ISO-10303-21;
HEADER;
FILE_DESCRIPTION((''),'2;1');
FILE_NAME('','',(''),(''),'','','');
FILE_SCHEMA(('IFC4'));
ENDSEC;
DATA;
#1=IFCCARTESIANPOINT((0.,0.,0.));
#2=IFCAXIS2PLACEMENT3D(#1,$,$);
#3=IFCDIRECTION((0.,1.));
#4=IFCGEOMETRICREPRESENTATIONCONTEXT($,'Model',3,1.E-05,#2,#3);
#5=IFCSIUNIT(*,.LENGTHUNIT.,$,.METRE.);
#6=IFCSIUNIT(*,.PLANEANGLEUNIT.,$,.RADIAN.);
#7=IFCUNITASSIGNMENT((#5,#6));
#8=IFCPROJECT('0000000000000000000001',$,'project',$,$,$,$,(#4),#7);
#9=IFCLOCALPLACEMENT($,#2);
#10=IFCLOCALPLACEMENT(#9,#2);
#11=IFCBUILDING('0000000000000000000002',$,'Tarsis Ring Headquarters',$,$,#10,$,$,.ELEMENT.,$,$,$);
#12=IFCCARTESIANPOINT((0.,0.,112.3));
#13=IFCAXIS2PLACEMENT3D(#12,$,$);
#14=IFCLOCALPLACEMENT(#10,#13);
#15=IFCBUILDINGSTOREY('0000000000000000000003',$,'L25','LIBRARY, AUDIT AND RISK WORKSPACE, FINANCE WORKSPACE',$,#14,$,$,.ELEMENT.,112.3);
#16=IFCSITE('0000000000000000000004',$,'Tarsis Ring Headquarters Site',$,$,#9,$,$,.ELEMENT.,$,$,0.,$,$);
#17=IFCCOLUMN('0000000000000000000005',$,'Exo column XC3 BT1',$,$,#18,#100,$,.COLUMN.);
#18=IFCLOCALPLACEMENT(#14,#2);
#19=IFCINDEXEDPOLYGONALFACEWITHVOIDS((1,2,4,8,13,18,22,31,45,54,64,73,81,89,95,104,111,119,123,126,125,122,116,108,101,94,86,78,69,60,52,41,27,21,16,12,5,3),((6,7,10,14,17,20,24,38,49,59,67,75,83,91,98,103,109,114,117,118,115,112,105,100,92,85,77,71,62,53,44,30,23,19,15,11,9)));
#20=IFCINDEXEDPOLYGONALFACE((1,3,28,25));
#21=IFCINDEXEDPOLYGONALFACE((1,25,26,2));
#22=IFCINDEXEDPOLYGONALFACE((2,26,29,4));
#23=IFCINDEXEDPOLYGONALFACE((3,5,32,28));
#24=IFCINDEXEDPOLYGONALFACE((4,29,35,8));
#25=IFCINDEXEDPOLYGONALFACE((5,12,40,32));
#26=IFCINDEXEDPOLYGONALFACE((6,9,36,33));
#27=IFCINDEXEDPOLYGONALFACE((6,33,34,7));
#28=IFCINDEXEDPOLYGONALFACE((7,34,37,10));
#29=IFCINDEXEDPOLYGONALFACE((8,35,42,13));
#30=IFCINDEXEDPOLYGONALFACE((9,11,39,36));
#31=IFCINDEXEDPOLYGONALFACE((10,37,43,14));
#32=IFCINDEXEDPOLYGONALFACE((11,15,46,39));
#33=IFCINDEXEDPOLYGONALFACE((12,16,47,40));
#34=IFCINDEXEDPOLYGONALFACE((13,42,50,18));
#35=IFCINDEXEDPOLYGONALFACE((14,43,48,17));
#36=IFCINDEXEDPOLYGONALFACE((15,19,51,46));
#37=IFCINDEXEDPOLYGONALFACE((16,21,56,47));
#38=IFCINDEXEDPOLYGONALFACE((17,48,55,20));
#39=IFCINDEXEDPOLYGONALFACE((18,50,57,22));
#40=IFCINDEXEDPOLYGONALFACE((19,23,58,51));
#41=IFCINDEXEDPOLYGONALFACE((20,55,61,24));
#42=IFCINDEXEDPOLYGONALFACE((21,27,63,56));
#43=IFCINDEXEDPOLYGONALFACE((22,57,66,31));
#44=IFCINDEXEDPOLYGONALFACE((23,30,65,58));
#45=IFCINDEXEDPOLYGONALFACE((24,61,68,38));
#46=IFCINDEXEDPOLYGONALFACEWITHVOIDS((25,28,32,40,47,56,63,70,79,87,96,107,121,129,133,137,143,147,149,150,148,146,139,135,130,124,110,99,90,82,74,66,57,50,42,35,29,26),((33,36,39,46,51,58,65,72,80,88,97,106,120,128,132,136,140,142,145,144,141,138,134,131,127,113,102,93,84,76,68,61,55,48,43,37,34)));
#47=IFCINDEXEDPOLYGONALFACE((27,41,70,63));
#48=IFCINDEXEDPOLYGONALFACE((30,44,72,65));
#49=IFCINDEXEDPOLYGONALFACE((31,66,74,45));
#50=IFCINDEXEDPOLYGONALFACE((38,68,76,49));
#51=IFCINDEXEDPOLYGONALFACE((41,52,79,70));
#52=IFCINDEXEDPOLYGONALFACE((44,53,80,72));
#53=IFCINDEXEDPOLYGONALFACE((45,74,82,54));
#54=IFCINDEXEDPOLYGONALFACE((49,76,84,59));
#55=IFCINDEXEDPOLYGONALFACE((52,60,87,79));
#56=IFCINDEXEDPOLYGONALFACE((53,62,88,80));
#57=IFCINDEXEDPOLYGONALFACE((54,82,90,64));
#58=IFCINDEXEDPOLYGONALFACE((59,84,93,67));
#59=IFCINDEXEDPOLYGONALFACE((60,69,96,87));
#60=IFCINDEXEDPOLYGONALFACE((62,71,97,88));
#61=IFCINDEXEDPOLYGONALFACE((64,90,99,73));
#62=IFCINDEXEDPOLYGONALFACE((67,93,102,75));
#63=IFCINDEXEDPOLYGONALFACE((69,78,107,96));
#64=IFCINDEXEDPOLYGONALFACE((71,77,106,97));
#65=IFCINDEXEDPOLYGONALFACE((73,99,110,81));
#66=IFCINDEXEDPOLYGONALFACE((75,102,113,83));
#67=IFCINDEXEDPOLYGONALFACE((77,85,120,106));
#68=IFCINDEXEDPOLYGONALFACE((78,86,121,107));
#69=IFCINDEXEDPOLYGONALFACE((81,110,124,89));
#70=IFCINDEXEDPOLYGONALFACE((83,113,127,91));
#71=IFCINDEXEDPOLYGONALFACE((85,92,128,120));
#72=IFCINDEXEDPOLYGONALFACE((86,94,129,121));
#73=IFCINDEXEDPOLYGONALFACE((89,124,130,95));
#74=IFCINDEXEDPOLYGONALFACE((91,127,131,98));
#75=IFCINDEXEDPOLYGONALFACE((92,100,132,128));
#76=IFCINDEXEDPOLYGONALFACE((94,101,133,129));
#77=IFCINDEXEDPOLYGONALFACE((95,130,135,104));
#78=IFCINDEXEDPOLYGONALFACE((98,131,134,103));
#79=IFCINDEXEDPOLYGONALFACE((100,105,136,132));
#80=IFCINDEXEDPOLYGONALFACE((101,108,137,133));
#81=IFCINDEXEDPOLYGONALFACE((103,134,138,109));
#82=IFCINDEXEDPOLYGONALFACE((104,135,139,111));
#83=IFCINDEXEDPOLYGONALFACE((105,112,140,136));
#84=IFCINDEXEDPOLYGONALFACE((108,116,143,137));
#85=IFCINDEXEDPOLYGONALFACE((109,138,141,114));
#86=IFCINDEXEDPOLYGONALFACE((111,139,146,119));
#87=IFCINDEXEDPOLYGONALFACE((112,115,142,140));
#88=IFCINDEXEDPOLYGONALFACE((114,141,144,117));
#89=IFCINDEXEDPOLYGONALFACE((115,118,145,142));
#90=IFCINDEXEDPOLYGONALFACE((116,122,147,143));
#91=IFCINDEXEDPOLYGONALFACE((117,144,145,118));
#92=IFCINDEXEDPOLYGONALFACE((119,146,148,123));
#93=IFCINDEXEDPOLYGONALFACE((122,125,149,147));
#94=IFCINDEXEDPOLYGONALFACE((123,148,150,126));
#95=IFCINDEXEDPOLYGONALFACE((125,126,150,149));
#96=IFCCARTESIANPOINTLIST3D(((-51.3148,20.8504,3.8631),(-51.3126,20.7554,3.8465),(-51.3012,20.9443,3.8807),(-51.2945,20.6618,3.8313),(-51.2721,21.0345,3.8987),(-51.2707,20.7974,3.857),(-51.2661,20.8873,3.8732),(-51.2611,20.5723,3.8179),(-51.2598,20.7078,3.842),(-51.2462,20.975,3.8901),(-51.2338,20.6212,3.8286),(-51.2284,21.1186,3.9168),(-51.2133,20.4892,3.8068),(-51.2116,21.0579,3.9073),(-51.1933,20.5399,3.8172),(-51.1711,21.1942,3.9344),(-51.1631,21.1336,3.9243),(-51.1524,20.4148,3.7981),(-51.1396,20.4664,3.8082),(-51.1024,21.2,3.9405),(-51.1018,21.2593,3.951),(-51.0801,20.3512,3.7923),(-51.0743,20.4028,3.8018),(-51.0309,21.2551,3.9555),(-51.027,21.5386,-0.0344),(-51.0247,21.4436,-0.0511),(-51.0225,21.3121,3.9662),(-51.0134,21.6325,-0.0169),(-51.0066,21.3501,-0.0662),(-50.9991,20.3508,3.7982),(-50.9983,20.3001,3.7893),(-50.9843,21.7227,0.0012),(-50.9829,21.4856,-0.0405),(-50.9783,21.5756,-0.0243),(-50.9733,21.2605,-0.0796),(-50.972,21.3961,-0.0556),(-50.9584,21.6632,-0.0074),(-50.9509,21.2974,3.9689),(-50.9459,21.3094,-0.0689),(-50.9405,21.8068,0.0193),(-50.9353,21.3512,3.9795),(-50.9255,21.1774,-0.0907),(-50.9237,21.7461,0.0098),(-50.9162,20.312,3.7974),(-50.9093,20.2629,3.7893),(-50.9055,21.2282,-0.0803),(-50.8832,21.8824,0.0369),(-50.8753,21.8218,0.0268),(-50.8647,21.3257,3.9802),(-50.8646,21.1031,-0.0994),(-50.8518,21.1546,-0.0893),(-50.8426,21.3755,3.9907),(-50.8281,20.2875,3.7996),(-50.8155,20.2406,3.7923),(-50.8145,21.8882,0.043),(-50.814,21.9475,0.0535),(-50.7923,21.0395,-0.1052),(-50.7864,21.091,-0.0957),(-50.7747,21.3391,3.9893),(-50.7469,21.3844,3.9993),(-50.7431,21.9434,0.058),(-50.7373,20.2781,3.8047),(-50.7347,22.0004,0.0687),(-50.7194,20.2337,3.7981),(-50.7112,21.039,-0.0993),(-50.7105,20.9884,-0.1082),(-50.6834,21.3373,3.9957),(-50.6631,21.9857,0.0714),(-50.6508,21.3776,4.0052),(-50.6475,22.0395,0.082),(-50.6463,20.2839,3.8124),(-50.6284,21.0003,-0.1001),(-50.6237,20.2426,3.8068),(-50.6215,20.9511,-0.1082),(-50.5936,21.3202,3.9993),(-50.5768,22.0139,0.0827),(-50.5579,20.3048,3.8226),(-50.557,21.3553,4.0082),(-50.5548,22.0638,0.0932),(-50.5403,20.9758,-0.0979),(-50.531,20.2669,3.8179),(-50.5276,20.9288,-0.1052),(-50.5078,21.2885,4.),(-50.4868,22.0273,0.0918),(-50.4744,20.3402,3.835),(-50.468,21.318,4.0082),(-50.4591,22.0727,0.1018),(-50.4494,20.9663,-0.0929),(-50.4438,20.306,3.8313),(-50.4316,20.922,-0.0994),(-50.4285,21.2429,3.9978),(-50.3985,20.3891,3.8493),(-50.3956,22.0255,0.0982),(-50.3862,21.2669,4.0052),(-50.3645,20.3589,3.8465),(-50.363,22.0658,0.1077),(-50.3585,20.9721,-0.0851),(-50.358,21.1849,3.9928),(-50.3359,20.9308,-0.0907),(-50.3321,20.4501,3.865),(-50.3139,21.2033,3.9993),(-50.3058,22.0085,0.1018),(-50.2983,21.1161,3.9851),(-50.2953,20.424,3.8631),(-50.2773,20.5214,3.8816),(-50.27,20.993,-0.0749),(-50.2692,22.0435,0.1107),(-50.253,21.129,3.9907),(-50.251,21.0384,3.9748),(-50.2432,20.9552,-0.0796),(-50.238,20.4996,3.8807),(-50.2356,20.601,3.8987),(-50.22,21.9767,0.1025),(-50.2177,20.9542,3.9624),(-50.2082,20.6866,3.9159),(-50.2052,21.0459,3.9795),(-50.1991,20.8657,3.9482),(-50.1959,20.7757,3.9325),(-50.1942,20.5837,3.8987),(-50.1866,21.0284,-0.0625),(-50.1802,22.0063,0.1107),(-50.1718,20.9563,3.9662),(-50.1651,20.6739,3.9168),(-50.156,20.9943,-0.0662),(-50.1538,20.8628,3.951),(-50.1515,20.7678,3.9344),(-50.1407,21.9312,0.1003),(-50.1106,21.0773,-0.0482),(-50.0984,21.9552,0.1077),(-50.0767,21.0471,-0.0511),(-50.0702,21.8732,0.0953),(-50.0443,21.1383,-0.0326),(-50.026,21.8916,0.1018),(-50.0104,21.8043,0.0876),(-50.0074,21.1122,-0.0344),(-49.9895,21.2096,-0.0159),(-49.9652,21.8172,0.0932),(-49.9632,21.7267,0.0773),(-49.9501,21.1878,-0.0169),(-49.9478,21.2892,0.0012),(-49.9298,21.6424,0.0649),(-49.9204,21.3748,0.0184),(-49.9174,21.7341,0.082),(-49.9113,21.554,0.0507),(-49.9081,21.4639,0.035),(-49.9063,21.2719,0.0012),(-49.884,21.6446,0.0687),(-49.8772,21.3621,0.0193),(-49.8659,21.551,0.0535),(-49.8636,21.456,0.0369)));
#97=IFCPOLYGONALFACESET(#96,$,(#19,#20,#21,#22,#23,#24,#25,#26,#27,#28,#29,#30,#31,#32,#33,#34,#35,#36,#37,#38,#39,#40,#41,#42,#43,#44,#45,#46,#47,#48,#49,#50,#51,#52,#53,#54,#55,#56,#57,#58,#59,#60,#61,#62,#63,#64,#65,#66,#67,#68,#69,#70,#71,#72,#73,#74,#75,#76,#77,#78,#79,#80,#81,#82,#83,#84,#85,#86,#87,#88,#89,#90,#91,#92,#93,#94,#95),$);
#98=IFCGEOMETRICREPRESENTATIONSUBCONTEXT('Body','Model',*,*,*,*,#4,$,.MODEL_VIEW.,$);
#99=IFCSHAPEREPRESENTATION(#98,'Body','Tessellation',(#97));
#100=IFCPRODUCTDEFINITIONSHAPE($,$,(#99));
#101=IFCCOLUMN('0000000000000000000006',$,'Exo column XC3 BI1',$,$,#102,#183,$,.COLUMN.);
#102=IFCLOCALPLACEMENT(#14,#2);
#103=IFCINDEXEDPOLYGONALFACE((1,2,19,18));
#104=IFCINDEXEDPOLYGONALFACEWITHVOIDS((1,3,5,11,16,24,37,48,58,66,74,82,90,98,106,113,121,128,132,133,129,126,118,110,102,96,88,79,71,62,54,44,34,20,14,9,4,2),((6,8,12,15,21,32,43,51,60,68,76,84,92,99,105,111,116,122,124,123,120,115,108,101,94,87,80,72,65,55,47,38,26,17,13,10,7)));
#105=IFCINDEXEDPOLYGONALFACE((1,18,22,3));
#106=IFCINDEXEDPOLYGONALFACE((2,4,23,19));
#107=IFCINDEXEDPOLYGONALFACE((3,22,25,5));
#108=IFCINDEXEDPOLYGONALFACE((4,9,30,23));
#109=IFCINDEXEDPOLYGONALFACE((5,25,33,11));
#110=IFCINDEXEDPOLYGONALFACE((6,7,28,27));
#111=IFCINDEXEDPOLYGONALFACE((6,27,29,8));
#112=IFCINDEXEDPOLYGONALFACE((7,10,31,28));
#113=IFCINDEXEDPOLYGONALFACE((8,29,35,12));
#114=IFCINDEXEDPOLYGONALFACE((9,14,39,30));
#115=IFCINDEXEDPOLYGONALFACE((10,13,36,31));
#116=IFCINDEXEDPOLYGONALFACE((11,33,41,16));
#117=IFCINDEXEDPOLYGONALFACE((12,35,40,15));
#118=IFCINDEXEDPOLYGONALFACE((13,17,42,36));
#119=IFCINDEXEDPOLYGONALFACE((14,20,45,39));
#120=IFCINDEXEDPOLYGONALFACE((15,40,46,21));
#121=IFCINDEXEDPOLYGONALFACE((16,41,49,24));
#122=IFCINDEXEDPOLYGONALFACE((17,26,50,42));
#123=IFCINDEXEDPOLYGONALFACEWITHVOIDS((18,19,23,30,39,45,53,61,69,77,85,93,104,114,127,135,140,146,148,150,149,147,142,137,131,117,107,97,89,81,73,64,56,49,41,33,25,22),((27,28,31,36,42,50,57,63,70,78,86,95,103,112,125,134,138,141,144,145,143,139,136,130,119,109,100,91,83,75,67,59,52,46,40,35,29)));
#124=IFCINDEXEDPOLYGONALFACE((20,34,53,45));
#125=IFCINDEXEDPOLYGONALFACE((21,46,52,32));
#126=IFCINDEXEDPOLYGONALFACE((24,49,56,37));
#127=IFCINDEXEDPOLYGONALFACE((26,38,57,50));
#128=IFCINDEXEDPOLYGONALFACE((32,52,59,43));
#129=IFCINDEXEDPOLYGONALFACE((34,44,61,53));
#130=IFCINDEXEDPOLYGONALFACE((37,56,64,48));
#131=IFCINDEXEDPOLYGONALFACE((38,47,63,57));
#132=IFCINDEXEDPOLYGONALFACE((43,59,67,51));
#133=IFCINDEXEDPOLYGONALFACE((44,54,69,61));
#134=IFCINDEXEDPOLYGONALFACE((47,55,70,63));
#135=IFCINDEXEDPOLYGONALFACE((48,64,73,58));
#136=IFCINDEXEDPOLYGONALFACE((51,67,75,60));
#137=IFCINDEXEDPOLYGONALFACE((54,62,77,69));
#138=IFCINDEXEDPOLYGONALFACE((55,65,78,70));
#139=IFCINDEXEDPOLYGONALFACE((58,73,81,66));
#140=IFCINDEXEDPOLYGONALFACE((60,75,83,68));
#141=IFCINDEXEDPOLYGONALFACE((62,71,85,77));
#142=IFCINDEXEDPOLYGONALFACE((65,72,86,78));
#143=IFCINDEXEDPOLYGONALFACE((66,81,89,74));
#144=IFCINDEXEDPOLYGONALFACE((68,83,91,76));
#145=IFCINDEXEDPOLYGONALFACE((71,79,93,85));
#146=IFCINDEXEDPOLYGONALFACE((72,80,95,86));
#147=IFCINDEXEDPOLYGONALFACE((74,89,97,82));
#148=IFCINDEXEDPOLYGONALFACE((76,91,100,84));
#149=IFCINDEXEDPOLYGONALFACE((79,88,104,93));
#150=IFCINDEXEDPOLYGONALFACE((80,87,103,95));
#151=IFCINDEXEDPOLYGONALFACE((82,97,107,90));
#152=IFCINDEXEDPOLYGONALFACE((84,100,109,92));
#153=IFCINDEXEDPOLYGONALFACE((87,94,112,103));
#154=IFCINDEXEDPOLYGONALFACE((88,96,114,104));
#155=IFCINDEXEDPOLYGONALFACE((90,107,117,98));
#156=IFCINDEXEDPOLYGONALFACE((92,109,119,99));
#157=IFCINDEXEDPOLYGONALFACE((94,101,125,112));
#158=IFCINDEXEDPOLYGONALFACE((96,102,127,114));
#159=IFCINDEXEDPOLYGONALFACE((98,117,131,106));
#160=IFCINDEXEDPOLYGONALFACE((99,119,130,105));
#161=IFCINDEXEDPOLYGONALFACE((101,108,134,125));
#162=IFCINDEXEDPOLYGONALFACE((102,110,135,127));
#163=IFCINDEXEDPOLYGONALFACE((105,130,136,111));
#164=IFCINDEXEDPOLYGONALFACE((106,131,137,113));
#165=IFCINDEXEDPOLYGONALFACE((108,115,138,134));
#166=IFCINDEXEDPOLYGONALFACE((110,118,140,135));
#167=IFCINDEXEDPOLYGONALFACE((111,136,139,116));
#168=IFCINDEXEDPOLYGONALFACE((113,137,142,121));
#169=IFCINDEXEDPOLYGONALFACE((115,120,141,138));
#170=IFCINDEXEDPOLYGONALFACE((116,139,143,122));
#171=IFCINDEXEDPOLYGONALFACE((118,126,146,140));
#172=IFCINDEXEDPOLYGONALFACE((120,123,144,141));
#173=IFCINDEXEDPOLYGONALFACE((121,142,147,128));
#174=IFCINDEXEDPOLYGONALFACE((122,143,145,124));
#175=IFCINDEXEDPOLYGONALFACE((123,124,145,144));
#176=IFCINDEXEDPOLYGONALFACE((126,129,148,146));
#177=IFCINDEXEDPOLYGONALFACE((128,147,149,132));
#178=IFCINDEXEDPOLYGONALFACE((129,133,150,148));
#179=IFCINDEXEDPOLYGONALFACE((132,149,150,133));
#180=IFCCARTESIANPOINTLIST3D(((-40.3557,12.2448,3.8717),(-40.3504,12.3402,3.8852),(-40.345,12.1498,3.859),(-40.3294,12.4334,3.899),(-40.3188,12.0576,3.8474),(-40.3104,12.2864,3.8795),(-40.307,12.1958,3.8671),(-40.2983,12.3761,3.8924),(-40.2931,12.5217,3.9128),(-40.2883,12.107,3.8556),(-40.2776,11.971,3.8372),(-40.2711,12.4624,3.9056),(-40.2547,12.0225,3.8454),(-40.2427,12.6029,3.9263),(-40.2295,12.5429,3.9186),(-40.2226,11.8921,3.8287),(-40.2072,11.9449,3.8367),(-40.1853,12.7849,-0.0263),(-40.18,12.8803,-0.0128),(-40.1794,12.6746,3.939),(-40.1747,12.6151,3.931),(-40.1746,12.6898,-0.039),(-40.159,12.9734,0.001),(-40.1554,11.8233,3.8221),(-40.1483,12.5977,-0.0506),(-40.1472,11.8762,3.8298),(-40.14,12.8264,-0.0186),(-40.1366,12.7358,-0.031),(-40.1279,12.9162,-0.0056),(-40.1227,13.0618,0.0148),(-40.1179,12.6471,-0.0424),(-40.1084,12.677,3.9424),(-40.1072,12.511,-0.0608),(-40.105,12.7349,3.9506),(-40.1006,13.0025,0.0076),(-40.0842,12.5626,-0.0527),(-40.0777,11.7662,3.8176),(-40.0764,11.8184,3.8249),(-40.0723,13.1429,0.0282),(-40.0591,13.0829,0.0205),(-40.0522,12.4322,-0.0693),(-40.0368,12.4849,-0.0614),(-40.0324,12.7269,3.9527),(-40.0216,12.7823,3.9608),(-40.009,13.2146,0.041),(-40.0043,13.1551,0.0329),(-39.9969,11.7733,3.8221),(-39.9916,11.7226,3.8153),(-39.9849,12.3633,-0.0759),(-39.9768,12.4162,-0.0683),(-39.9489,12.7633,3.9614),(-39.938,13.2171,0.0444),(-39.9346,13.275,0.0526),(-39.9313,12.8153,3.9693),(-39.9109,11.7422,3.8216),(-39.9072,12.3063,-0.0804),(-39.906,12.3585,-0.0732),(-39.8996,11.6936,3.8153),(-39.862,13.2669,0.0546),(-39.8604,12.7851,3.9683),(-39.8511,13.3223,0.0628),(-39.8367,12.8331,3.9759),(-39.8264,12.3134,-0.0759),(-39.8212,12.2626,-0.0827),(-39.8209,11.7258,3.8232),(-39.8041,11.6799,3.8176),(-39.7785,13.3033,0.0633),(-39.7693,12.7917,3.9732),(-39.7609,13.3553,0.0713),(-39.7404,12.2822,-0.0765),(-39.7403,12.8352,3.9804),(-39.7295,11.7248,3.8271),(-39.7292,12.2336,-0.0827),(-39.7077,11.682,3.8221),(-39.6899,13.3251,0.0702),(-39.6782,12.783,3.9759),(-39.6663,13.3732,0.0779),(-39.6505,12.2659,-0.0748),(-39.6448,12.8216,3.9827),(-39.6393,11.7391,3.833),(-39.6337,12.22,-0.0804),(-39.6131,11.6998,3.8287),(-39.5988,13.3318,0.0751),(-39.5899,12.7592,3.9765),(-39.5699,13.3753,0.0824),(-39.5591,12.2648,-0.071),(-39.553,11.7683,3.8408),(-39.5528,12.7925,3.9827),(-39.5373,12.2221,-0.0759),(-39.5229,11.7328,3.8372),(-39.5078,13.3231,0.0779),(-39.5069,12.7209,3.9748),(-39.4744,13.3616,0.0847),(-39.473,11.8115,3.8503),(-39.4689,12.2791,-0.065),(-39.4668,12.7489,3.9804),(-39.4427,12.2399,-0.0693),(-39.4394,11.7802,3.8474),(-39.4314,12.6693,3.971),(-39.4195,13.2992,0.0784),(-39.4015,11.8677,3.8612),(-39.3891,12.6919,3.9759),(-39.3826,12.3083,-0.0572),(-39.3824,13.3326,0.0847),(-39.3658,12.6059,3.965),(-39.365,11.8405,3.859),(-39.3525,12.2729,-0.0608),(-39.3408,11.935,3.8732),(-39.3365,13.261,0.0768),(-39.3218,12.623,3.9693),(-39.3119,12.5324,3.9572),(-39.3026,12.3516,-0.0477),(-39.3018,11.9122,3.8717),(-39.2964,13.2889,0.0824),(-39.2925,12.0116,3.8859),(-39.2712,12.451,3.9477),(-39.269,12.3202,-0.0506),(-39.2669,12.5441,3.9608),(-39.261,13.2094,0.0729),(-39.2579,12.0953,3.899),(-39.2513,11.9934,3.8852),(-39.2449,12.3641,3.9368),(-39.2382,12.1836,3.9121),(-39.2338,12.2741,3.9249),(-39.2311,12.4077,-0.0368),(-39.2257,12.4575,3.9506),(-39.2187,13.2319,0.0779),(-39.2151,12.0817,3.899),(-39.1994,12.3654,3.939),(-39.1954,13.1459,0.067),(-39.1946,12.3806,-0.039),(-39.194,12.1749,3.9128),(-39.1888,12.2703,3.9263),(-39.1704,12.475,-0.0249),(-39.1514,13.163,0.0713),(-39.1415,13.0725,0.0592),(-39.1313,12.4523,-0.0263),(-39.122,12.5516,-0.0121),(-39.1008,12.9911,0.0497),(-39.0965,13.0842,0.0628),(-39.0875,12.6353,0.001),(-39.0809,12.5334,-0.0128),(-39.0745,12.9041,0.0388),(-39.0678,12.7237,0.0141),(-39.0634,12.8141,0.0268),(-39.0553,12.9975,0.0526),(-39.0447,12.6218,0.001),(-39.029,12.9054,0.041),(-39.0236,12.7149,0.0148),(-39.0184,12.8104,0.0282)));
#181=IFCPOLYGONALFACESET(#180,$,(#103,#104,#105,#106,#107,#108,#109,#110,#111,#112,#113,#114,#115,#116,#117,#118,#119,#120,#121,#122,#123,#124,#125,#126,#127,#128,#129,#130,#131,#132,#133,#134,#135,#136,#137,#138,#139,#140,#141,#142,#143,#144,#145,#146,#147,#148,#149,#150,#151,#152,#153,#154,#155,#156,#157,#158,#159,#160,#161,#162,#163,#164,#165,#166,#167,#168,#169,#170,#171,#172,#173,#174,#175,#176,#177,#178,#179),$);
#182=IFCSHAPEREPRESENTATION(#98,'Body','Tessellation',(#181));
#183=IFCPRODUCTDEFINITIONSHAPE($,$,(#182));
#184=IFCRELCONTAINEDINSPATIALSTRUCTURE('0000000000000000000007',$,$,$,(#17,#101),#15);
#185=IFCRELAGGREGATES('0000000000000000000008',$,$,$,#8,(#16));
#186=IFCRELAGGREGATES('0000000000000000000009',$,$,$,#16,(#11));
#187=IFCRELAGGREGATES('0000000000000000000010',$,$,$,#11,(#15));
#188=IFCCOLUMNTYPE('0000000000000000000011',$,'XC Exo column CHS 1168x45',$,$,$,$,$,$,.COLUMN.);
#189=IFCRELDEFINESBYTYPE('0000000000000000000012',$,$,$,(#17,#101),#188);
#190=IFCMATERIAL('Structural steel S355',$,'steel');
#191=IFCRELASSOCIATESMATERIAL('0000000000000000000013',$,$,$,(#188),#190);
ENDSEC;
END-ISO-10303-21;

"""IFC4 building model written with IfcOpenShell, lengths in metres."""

from ifc_helpers import new_model, si_unit, direction, frame, origin, origin_2d, place, context, subcontext, project, spatial, hollow_circle, extrude, material, material_profile, profile_set, type_object, element, save


model = new_model("IFC4")

# Units and contexts
model_context = context("Model", 3, precision=1e-05, world=origin(), true_north=direction((0.0, 1.0)))
body_context = subcontext(model_context, "Body", "Model", "MODEL_VIEW")
ifc_project = project(units=[si_unit("LENGTHUNIT", "METRE"), si_unit("PLANEANGLEUNIT", "RADIAN")], contexts=[model_context])

# Site, building, storey
site_placement = place(None, origin())
site = spatial("IfcSite", under=ifc_project, at=site_placement, Name="Tarsis Ring Headquarters Site", CompositionType="ELEMENT", RefElevation=0.0)
building_placement = place(site_placement, origin())
building = spatial("IfcBuilding", under=site, at=building_placement, Name="Tarsis Ring Headquarters", CompositionType="ELEMENT")
storey_placement = place(building_placement, frame((0.0, 0.0, 112.3)))
storey = spatial("IfcBuildingStorey", under=building, at=storey_placement, Name="L25", Description="LIBRARY, AUDIT AND RISK WORKSPACE, FINANCE WORKSPACE", CompositionType="ELEMENT", Elevation=112.3)

# Columns
ifc_material_1 = material(Name="Structural steel S355", Category="steel")
ifc_material_profile_1 = material_profile(ifc_material_1, hollow_circle(Radius=0.5842, WallThickness=0.0449, at=origin_2d()), Name="CHS 1168x45")
ifc_profile_set_1 = profile_set([ifc_material_profile_1], Name="Structural steel S355")
column_type = type_object("IfcColumnType", Name="XC Exo column CHS 1168x45", PredefinedType="COLUMN", material=ifc_profile_set_1)
column_1_placement = place(storey_placement, frame((-50.4453, 21.4973, 0.0012), z_axis=(-0.072537, -0.173436, 0.98217), x_axis=(0.922563, -0.385847, 0.0)))
element("IfcColumn", 1, at=column_1_placement, inside=storey, type_object=column_type, Name="Exo column XC3 BT1", PredefinedType="COLUMN", context=body_context, shape_type="SweptSolid", body=[
    extrude(hollow_circle(Radius=0.5842, WallThickness=0.0449, at=origin_2d()), origin(), (0.0, 0.0, 1.0), 3.9683),
])
column_2_placement = place(storey_placement, frame((-39.6018, 12.7976, 0.001), z_axis=(-0.043264, -0.137105, 0.989611), x_axis=(0.953648, -0.300925, 0.0)))
element("IfcColumn", 2, at=column_2_placement, inside=storey, type_object=column_type, Name="Exo column XC3 BI1", PredefinedType="COLUMN", context=body_context, shape_type="SweptSolid", body=[
    extrude(hollow_circle(Radius=0.5842, WallThickness=0.0449, at=origin_2d()), origin(), (0.0, 0.0, 1.0), 3.939),
])

save(model, "model.ifc")
